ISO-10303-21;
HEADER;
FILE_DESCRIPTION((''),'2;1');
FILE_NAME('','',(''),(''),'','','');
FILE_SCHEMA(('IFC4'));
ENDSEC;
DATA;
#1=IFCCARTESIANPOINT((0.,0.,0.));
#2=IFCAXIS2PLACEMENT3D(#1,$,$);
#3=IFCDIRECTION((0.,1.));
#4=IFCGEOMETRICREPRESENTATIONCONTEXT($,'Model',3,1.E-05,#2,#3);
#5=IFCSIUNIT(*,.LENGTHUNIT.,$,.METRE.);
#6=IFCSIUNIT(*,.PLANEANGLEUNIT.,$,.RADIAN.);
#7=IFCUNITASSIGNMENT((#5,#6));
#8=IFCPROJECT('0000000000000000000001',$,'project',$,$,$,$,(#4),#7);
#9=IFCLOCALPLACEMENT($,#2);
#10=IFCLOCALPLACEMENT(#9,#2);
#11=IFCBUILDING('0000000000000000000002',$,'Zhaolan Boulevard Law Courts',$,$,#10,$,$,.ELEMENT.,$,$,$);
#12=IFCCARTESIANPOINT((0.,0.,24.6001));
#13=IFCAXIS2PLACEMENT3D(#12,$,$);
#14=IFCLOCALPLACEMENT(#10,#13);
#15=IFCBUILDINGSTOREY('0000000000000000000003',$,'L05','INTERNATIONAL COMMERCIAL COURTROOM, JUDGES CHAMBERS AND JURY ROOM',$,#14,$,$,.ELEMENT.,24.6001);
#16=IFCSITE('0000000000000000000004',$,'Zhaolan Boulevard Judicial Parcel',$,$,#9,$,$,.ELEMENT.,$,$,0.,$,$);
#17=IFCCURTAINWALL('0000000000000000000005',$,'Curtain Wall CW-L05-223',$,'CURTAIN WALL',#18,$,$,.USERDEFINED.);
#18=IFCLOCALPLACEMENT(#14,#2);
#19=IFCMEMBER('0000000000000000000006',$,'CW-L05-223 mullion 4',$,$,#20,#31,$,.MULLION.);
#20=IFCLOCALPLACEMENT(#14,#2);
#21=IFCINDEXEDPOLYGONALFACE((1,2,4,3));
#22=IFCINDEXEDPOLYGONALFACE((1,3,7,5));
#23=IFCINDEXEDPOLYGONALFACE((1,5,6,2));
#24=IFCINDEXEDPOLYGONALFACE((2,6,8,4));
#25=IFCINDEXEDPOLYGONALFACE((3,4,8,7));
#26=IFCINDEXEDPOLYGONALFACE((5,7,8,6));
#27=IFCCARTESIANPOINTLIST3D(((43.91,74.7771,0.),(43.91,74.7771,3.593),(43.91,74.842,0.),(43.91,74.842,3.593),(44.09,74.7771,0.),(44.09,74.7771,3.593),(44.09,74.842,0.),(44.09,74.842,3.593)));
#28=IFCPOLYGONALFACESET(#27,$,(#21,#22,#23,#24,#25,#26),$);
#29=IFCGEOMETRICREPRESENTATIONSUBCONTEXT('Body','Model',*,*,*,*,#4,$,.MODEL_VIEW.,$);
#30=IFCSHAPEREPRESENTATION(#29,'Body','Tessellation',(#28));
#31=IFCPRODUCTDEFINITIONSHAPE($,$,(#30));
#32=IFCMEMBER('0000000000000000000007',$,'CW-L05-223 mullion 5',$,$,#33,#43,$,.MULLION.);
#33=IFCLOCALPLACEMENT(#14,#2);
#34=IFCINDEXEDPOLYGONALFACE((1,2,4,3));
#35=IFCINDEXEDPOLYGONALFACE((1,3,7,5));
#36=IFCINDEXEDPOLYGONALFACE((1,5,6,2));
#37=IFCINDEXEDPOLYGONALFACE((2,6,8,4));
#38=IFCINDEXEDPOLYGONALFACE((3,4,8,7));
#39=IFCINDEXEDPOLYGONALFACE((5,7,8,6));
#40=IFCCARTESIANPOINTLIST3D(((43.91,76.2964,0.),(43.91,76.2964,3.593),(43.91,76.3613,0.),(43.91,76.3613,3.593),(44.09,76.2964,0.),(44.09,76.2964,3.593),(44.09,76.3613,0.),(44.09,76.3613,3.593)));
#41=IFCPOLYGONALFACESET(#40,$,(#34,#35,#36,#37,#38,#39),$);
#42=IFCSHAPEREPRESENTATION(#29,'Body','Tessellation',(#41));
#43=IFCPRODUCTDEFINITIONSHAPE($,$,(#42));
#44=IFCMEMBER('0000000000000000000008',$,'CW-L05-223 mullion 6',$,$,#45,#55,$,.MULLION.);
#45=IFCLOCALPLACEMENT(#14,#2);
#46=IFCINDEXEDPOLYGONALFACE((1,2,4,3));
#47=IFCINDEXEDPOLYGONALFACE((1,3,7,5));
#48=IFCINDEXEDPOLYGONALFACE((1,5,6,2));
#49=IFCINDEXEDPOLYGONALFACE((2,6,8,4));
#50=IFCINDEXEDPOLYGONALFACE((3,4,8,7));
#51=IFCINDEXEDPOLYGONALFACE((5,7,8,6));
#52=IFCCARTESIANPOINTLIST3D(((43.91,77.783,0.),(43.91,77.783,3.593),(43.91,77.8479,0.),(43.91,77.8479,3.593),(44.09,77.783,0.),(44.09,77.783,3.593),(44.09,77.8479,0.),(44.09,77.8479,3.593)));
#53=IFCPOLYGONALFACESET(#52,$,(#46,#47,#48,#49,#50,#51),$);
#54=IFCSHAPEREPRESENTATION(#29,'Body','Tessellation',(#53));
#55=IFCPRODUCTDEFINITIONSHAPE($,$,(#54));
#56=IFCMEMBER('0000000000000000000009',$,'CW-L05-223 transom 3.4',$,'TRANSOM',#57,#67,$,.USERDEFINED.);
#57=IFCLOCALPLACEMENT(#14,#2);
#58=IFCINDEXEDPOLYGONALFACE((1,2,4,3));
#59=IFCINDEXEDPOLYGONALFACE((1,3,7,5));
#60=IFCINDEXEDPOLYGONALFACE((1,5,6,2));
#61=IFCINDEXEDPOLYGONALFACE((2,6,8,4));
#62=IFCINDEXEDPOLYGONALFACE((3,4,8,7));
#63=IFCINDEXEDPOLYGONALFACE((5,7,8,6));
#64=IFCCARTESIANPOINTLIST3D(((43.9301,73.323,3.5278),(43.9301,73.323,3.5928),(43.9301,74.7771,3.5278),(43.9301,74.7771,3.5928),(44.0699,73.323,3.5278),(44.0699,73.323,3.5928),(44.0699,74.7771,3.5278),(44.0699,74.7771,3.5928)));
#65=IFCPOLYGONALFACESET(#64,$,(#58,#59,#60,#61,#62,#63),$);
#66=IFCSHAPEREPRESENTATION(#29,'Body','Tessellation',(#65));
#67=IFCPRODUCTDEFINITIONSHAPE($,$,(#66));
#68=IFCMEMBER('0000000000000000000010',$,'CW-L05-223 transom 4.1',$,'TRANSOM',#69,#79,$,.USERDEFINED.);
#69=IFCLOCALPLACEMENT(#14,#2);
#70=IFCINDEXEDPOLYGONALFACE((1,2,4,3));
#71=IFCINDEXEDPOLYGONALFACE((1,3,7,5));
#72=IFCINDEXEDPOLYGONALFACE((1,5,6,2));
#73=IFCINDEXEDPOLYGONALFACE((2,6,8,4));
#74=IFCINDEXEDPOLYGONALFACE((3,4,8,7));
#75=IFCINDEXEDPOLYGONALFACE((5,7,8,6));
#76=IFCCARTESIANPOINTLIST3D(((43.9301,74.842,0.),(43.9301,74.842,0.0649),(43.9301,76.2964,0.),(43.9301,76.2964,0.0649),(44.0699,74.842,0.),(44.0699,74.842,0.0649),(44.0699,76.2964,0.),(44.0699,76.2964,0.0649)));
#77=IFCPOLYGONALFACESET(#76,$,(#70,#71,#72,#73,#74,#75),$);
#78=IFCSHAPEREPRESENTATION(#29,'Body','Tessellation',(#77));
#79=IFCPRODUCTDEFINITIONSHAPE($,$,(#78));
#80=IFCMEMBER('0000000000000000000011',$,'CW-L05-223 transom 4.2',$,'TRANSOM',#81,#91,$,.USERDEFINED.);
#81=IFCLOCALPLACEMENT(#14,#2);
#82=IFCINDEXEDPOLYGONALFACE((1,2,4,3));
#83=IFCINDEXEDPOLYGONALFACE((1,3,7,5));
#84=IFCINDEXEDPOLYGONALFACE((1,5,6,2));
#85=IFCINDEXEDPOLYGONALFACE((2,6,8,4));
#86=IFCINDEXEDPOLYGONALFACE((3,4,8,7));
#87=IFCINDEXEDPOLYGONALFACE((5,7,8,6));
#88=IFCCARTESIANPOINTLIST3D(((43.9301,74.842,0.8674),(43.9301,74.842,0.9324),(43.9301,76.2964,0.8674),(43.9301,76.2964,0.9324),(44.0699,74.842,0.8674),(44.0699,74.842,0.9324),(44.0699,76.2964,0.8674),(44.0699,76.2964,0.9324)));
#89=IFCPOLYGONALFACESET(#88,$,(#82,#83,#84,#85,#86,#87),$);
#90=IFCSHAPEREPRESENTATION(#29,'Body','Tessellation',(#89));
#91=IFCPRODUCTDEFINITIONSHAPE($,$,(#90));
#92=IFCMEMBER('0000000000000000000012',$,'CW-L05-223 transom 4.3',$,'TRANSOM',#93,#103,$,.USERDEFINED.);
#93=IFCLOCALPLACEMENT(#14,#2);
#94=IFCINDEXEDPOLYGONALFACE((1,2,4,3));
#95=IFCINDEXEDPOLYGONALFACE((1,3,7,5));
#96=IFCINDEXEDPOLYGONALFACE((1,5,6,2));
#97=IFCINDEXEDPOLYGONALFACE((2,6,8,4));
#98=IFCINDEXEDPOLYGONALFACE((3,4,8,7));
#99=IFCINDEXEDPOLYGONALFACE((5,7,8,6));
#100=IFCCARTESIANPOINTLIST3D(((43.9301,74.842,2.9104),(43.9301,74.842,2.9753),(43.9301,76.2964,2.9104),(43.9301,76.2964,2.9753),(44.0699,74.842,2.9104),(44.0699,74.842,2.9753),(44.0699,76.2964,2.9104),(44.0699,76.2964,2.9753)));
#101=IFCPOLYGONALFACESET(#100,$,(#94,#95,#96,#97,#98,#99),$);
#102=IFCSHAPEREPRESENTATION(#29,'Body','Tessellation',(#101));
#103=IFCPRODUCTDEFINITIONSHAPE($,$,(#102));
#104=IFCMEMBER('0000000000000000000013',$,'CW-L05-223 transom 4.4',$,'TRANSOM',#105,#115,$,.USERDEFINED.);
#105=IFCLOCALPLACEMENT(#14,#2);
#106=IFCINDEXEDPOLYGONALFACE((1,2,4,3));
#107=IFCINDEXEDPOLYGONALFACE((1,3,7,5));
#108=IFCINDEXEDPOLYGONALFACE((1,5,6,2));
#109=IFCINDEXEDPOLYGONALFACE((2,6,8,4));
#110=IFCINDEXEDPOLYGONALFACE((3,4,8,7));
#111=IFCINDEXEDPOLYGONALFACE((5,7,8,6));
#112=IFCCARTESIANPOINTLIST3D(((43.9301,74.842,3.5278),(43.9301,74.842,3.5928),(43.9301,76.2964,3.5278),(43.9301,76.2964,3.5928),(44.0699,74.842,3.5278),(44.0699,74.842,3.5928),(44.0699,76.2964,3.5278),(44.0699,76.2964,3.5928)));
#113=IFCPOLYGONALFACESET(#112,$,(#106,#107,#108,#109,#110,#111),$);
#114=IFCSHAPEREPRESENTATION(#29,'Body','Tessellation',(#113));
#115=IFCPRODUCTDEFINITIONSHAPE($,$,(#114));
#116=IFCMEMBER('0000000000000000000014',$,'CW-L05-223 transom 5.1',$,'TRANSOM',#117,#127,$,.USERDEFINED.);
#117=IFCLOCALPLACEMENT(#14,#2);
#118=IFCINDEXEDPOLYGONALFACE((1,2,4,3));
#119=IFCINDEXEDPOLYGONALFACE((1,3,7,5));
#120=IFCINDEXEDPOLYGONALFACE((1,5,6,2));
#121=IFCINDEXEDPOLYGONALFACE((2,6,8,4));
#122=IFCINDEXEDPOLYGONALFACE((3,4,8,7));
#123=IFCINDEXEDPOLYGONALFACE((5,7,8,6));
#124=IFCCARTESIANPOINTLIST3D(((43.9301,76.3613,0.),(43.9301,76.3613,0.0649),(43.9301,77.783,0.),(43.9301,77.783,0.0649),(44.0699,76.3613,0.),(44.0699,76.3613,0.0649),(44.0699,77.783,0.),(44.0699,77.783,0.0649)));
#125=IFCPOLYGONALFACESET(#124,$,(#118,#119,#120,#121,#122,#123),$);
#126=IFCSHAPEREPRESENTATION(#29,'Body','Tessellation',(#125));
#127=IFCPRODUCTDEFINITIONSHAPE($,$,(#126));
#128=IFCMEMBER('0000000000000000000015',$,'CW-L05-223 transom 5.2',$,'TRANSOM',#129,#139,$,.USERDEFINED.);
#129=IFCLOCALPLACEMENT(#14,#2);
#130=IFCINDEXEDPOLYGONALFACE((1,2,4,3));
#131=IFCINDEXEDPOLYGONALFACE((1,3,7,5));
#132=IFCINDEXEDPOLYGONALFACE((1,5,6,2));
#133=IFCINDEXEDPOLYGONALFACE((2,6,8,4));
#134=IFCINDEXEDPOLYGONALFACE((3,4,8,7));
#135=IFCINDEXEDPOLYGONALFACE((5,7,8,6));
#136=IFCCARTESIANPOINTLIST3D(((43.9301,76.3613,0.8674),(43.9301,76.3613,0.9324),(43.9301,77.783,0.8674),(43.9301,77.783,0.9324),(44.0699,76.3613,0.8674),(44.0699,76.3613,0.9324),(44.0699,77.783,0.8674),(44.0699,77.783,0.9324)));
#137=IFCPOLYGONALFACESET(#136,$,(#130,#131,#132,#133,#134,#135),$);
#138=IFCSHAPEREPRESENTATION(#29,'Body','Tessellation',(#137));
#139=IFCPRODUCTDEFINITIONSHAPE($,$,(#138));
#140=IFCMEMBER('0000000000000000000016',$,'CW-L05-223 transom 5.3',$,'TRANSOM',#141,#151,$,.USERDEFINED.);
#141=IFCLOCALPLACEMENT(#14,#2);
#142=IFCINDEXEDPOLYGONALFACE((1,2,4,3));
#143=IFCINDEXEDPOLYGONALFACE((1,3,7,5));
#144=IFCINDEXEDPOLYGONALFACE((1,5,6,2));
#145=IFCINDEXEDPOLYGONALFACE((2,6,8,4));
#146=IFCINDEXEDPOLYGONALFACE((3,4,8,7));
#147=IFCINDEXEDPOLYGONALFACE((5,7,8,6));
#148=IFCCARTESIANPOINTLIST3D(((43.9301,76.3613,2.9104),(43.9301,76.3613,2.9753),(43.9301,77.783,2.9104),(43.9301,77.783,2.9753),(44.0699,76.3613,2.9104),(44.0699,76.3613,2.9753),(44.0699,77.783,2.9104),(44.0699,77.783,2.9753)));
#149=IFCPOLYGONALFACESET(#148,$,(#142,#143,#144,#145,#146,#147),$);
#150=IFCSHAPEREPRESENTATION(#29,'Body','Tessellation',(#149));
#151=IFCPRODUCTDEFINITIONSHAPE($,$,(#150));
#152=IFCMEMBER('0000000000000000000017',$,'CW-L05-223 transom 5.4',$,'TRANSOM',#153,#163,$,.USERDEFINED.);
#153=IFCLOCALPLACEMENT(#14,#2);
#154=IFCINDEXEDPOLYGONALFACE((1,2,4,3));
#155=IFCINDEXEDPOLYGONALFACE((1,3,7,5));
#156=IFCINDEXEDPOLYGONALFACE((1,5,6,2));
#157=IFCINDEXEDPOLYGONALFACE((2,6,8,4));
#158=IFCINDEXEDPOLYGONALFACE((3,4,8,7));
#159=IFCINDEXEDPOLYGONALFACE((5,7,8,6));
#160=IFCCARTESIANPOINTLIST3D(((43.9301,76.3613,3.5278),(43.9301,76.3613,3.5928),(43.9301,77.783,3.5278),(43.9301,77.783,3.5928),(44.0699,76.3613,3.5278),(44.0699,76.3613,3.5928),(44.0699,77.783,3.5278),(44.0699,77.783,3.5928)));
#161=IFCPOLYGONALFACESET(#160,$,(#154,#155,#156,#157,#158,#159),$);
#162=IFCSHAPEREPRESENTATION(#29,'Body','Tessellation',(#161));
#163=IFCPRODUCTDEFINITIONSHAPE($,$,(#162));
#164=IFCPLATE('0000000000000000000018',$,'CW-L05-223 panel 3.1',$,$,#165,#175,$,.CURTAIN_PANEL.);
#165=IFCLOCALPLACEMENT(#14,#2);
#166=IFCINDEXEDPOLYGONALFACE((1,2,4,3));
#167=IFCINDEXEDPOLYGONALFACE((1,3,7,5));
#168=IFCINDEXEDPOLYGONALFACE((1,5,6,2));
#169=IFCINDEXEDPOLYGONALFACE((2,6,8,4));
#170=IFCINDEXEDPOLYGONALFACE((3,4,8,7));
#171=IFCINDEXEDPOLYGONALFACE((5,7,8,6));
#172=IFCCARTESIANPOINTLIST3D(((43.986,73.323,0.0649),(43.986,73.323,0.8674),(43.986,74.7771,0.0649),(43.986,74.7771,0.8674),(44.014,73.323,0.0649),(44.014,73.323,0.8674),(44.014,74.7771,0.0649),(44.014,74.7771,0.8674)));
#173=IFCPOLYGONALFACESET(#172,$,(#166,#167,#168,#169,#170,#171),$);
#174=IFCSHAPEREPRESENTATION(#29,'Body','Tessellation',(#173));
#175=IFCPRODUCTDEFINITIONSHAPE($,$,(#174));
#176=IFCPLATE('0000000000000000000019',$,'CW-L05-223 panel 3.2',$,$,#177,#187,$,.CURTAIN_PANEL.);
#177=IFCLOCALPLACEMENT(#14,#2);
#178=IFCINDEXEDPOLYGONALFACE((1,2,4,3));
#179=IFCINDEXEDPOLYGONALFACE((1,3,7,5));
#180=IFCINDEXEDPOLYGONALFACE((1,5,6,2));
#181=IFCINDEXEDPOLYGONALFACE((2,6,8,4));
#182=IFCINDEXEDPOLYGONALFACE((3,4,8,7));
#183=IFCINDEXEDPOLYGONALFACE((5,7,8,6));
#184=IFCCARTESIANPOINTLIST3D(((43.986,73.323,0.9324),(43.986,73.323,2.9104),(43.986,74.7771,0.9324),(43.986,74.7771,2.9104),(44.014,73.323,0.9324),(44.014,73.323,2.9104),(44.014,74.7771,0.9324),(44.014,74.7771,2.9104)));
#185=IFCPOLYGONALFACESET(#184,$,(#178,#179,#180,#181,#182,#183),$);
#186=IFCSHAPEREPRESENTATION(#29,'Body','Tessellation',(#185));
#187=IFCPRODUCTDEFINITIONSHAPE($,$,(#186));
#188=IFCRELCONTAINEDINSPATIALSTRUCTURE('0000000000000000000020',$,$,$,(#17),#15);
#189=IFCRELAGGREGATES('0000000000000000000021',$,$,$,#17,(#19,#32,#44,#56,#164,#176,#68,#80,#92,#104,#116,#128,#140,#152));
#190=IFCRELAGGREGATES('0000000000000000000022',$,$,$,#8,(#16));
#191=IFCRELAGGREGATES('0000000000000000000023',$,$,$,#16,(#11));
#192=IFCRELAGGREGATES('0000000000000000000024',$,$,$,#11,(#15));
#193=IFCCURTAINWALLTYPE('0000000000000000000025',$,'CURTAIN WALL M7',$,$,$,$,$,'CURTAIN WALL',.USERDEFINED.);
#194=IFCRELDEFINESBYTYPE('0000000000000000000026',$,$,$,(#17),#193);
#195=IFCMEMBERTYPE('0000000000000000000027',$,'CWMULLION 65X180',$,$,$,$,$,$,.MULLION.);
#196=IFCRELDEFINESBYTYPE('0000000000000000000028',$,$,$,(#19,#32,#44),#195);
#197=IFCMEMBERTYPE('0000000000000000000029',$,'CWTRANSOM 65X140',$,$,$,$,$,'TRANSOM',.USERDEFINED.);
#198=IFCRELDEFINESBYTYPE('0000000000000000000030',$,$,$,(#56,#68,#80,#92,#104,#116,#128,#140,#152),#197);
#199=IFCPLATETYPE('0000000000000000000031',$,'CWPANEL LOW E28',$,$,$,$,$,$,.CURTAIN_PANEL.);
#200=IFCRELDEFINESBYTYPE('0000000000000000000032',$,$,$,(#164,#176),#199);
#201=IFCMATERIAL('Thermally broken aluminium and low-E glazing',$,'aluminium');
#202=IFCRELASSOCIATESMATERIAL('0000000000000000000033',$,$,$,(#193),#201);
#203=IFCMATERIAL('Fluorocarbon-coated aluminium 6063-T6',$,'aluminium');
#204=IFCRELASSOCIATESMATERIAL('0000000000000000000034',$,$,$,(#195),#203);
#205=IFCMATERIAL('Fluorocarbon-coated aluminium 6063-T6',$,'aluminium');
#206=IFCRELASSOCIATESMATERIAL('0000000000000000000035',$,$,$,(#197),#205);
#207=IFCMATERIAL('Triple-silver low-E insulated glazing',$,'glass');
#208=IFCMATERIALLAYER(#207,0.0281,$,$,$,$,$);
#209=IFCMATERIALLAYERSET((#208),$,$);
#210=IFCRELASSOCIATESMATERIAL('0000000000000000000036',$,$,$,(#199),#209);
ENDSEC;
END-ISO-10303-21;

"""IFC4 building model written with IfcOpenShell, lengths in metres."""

from ifc_helpers import new_model, si_unit, direction, frame, origin, origin_2d, place, context, subcontext, project, spatial, rectangle, extrude, material, layer, layer_set, material_profile, profile_set, type_object, element, aggregate, save


model = new_model("IFC4")

# Units and contexts
model_context = context("Model", 3, precision=1e-05, world=origin(), true_north=direction((0.0, 1.0)))
body_context = subcontext(model_context, "Body", "Model", "MODEL_VIEW")
ifc_project = project(units=[si_unit("LENGTHUNIT", "METRE"), si_unit("PLANEANGLEUNIT", "RADIAN")], contexts=[model_context])

# Site, building, storey
site_placement = place(None, origin())
site = spatial("IfcSite", under=ifc_project, at=site_placement, Name="Zhaolan Boulevard Judicial Parcel", CompositionType="ELEMENT", RefElevation=0.0)
building_placement = place(site_placement, origin())
building = spatial("IfcBuilding", under=site, at=building_placement, Name="Zhaolan Boulevard Law Courts", CompositionType="ELEMENT")
storey_placement = place(building_placement, frame((0.0, 0.0, 24.6001)))
storey = spatial("IfcBuildingStorey", under=building, at=storey_placement, Name="L05", Description="INTERNATIONAL COMMERCIAL COURTROOM, JUDGES CHAMBERS AND JURY ROOM", CompositionType="ELEMENT", Elevation=24.6001)

# Curtain wall, members, plates
ifc_material_1 = material(Name="Thermally broken aluminium and low-E glazing", Category="aluminium")
curtain_wall_type = type_object("IfcCurtainWallType", Name="CURTAIN WALL M7", ElementType="CURTAIN WALL", PredefinedType="USERDEFINED", material=ifc_material_1)
curtain_wall_placement = place(storey_placement, origin())
curtain_wall = element("IfcCurtainWall", 1, at=curtain_wall_placement, inside=storey, type_object=curtain_wall_type, Name="Curtain Wall CW-L05-223", ObjectType="CURTAIN WALL", PredefinedType="USERDEFINED")
ifc_material_2 = material(Name="Fluorocarbon-coated aluminium 6063-T6", Category="aluminium")
ifc_material_profile_1 = material_profile(ifc_material_2, rectangle(XDim=0.1799, YDim=0.0649, at=origin_2d()), Name="AL65x180")
ifc_profile_set_1 = profile_set([ifc_material_profile_1], Name="Fluorocarbon-coated aluminium 6063-T6")
member_type_1 = type_object("IfcMemberType", Name="CWMULLION 65X180", PredefinedType="MULLION", material=ifc_profile_set_1)
member_1_placement = place(storey_placement, frame((44.0, 74.8096, 0.0), z_axis=(0.0, 0.0, 1.0), x_axis=(-1.0, 0.0, 0.0)))
member_1 = element("IfcMember", 2, at=member_1_placement, type_object=member_type_1, Name="CW-L05-223 mullion 4", PredefinedType="MULLION", context=body_context, shape_type="SweptSolid", body=[
    extrude(rectangle(XDim=0.1799, YDim=0.0649, at=origin_2d()), origin(), (0.0, 0.0, 1.0), 3.593),
])
member_2_placement = place(storey_placement, frame((44.0, 76.3289, 0.0), z_axis=(0.0, 0.0, 1.0), x_axis=(-1.0, 0.0, 0.0)))
member_2 = element("IfcMember", 3, at=member_2_placement, type_object=member_type_1, Name="CW-L05-223 mullion 5", PredefinedType="MULLION", context=body_context, shape_type="SweptSolid", body=[
    extrude(rectangle(XDim=0.1799, YDim=0.0649, at=origin_2d()), origin(), (0.0, 0.0, 1.0), 3.593),
])
member_3_placement = place(storey_placement, frame((44.0, 77.8154, 0.0), z_axis=(0.0, 0.0, 1.0), x_axis=(-1.0, 0.0, 0.0)))
member_3 = element("IfcMember", 4, at=member_3_placement, type_object=member_type_1, Name="CW-L05-223 mullion 6", PredefinedType="MULLION", context=body_context, shape_type="SweptSolid", body=[
    extrude(rectangle(XDim=0.1799, YDim=0.0649, at=origin_2d()), origin(), (0.0, 0.0, 1.0), 3.593),
])
ifc_material_3 = material(Name="Fluorocarbon-coated aluminium 6063-T6", Category="aluminium")
ifc_material_profile_2 = material_profile(ifc_material_3, rectangle(XDim=0.1399, YDim=0.0649, at=origin_2d()), Name="AL65x140")
ifc_profile_set_2 = profile_set([ifc_material_profile_2], Name="Fluorocarbon-coated aluminium 6063-T6")
member_type_2 = type_object("IfcMemberType", Name="CWTRANSOM 65X140", ElementType="TRANSOM", PredefinedType="USERDEFINED", material=ifc_profile_set_2)
member_4_placement = place(storey_placement, frame((44.0, 73.323, 3.5603), z_axis=(0.0, 1.0, 0.0), x_axis=(-1.0, 0.0, 0.0)))
member_4 = element("IfcMember", 5, at=member_4_placement, type_object=member_type_2, Name="CW-L05-223 transom 3.4", ObjectType="TRANSOM", PredefinedType="USERDEFINED", context=body_context, shape_type="SweptSolid", body=[
    extrude(rectangle(XDim=0.1399, YDim=0.0649, at=origin_2d()), origin(), (0.0, 0.0, 1.0), 1.4541),
])
member_5_placement = place(storey_placement, frame((44.0, 74.842, 0.0325), z_axis=(0.0, 1.0, 0.0), x_axis=(-1.0, 0.0, 0.0)))
member_5 = element("IfcMember", 6, at=member_5_placement, type_object=member_type_2, Name="CW-L05-223 transom 4.1", ObjectType="TRANSOM", PredefinedType="USERDEFINED", context=body_context, shape_type="SweptSolid", body=[
    extrude(rectangle(XDim=0.1399, YDim=0.0649, at=origin_2d()), origin(), (0.0, 0.0, 1.0), 1.4543),
])
member_6_placement = place(storey_placement, frame((44.0, 74.842, 0.8999), z_axis=(0.0, 1.0, 0.0), x_axis=(-1.0, 0.0, 0.0)))
member_6 = element("IfcMember", 7, at=member_6_placement, type_object=member_type_2, Name="CW-L05-223 transom 4.2", ObjectType="TRANSOM", PredefinedType="USERDEFINED", context=body_context, shape_type="SweptSolid", body=[
    extrude(rectangle(XDim=0.1399, YDim=0.0649, at=origin_2d()), origin(), (0.0, 0.0, 1.0), 1.4543),
])
member_7_placement = place(storey_placement, frame((44.0, 74.842, 2.9429), z_axis=(0.0, 1.0, 0.0), x_axis=(-1.0, 0.0, 0.0)))
member_7 = element("IfcMember", 8, at=member_7_placement, type_object=member_type_2, Name="CW-L05-223 transom 4.3", ObjectType="TRANSOM", PredefinedType="USERDEFINED", context=body_context, shape_type="SweptSolid", body=[
    extrude(rectangle(XDim=0.1399, YDim=0.0649, at=origin_2d()), origin(), (0.0, 0.0, 1.0), 1.4543),
])
member_8_placement = place(storey_placement, frame((44.0, 74.842, 3.5603), z_axis=(0.0, 1.0, 0.0), x_axis=(-1.0, 0.0, 0.0)))
member_8 = element("IfcMember", 9, at=member_8_placement, type_object=member_type_2, Name="CW-L05-223 transom 4.4", ObjectType="TRANSOM", PredefinedType="USERDEFINED", context=body_context, shape_type="SweptSolid", body=[
    extrude(rectangle(XDim=0.1399, YDim=0.0649, at=origin_2d()), origin(), (0.0, 0.0, 1.0), 1.4543),
])
member_9_placement = place(storey_placement, frame((44.0, 76.3613, 0.0325), z_axis=(0.0, 1.0, 0.0), x_axis=(-1.0, 0.0, 0.0)))
member_9 = element("IfcMember", 10, at=member_9_placement, type_object=member_type_2, Name="CW-L05-223 transom 5.1", ObjectType="TRANSOM", PredefinedType="USERDEFINED", context=body_context, shape_type="SweptSolid", body=[
    extrude(rectangle(XDim=0.1399, YDim=0.0649, at=origin_2d()), origin(), (0.0, 0.0, 1.0), 1.4216),
])
member_10_placement = place(storey_placement, frame((44.0, 76.3613, 0.8999), z_axis=(0.0, 1.0, 0.0), x_axis=(-1.0, 0.0, 0.0)))
member_10 = element("IfcMember", 11, at=member_10_placement, type_object=member_type_2, Name="CW-L05-223 transom 5.2", ObjectType="TRANSOM", PredefinedType="USERDEFINED", context=body_context, shape_type="SweptSolid", body=[
    extrude(rectangle(XDim=0.1399, YDim=0.0649, at=origin_2d()), origin(), (0.0, 0.0, 1.0), 1.4216),
])
member_11_placement = place(storey_placement, frame((44.0, 76.3613, 2.9429), z_axis=(0.0, 1.0, 0.0), x_axis=(-1.0, 0.0, 0.0)))
member_11 = element("IfcMember", 12, at=member_11_placement, type_object=member_type_2, Name="CW-L05-223 transom 5.3", ObjectType="TRANSOM", PredefinedType="USERDEFINED", context=body_context, shape_type="SweptSolid", body=[
    extrude(rectangle(XDim=0.1399, YDim=0.0649, at=origin_2d()), origin(), (0.0, 0.0, 1.0), 1.4216),
])
member_12_placement = place(storey_placement, frame((44.0, 76.3613, 3.5603), z_axis=(0.0, 1.0, 0.0), x_axis=(-1.0, 0.0, 0.0)))
member_12 = element("IfcMember", 13, at=member_12_placement, type_object=member_type_2, Name="CW-L05-223 transom 5.4", ObjectType="TRANSOM", PredefinedType="USERDEFINED", context=body_context, shape_type="SweptSolid", body=[
    extrude(rectangle(XDim=0.1399, YDim=0.0649, at=origin_2d()), origin(), (0.0, 0.0, 1.0), 1.4216),
])
ifc_material_4 = material(Name="Triple-silver low-E insulated glazing", Category="glass")
ifc_layer_1 = layer(ifc_material_4, 0.0281)
ifc_layer_set_1 = layer_set([ifc_layer_1])
plate_type = type_object("IfcPlateType", Name="CWPANEL LOW E28", PredefinedType="CURTAIN_PANEL", material=ifc_layer_set_1)
plate_1_placement = place(storey_placement, frame((44.0, 74.05, 0.0649), z_axis=(0.0, 0.0, 1.0), x_axis=(0.0, 1.0, 0.0)))
plate_1 = element("IfcPlate", 14, at=plate_1_placement, type_object=plate_type, Name="CW-L05-223 panel 3.1", PredefinedType="CURTAIN_PANEL", context=body_context, shape_type="SweptSolid", body=[
    extrude(rectangle(XDim=1.4541, YDim=0.0281, at=origin_2d()), origin(), (0.0, 0.0, 1.0), 0.8025),
])
plate_2_placement = place(storey_placement, frame((44.0, 74.05, 0.9324), z_axis=(0.0, 0.0, 1.0), x_axis=(0.0, 1.0, 0.0)))
plate_2 = element("IfcPlate", 15, at=plate_2_placement, type_object=plate_type, Name="CW-L05-223 panel 3.2", PredefinedType="CURTAIN_PANEL", context=body_context, shape_type="SweptSolid", body=[
    extrude(rectangle(XDim=1.4541, YDim=0.0281, at=origin_2d()), origin(), (0.0, 0.0, 1.0), 1.978),
])
aggregate(curtain_wall, [member_1, member_2, member_3, member_4, plate_1, plate_2, member_5, member_6, member_7, member_8, member_9, member_10, member_11, member_12])

save(model, "model.ifc")
